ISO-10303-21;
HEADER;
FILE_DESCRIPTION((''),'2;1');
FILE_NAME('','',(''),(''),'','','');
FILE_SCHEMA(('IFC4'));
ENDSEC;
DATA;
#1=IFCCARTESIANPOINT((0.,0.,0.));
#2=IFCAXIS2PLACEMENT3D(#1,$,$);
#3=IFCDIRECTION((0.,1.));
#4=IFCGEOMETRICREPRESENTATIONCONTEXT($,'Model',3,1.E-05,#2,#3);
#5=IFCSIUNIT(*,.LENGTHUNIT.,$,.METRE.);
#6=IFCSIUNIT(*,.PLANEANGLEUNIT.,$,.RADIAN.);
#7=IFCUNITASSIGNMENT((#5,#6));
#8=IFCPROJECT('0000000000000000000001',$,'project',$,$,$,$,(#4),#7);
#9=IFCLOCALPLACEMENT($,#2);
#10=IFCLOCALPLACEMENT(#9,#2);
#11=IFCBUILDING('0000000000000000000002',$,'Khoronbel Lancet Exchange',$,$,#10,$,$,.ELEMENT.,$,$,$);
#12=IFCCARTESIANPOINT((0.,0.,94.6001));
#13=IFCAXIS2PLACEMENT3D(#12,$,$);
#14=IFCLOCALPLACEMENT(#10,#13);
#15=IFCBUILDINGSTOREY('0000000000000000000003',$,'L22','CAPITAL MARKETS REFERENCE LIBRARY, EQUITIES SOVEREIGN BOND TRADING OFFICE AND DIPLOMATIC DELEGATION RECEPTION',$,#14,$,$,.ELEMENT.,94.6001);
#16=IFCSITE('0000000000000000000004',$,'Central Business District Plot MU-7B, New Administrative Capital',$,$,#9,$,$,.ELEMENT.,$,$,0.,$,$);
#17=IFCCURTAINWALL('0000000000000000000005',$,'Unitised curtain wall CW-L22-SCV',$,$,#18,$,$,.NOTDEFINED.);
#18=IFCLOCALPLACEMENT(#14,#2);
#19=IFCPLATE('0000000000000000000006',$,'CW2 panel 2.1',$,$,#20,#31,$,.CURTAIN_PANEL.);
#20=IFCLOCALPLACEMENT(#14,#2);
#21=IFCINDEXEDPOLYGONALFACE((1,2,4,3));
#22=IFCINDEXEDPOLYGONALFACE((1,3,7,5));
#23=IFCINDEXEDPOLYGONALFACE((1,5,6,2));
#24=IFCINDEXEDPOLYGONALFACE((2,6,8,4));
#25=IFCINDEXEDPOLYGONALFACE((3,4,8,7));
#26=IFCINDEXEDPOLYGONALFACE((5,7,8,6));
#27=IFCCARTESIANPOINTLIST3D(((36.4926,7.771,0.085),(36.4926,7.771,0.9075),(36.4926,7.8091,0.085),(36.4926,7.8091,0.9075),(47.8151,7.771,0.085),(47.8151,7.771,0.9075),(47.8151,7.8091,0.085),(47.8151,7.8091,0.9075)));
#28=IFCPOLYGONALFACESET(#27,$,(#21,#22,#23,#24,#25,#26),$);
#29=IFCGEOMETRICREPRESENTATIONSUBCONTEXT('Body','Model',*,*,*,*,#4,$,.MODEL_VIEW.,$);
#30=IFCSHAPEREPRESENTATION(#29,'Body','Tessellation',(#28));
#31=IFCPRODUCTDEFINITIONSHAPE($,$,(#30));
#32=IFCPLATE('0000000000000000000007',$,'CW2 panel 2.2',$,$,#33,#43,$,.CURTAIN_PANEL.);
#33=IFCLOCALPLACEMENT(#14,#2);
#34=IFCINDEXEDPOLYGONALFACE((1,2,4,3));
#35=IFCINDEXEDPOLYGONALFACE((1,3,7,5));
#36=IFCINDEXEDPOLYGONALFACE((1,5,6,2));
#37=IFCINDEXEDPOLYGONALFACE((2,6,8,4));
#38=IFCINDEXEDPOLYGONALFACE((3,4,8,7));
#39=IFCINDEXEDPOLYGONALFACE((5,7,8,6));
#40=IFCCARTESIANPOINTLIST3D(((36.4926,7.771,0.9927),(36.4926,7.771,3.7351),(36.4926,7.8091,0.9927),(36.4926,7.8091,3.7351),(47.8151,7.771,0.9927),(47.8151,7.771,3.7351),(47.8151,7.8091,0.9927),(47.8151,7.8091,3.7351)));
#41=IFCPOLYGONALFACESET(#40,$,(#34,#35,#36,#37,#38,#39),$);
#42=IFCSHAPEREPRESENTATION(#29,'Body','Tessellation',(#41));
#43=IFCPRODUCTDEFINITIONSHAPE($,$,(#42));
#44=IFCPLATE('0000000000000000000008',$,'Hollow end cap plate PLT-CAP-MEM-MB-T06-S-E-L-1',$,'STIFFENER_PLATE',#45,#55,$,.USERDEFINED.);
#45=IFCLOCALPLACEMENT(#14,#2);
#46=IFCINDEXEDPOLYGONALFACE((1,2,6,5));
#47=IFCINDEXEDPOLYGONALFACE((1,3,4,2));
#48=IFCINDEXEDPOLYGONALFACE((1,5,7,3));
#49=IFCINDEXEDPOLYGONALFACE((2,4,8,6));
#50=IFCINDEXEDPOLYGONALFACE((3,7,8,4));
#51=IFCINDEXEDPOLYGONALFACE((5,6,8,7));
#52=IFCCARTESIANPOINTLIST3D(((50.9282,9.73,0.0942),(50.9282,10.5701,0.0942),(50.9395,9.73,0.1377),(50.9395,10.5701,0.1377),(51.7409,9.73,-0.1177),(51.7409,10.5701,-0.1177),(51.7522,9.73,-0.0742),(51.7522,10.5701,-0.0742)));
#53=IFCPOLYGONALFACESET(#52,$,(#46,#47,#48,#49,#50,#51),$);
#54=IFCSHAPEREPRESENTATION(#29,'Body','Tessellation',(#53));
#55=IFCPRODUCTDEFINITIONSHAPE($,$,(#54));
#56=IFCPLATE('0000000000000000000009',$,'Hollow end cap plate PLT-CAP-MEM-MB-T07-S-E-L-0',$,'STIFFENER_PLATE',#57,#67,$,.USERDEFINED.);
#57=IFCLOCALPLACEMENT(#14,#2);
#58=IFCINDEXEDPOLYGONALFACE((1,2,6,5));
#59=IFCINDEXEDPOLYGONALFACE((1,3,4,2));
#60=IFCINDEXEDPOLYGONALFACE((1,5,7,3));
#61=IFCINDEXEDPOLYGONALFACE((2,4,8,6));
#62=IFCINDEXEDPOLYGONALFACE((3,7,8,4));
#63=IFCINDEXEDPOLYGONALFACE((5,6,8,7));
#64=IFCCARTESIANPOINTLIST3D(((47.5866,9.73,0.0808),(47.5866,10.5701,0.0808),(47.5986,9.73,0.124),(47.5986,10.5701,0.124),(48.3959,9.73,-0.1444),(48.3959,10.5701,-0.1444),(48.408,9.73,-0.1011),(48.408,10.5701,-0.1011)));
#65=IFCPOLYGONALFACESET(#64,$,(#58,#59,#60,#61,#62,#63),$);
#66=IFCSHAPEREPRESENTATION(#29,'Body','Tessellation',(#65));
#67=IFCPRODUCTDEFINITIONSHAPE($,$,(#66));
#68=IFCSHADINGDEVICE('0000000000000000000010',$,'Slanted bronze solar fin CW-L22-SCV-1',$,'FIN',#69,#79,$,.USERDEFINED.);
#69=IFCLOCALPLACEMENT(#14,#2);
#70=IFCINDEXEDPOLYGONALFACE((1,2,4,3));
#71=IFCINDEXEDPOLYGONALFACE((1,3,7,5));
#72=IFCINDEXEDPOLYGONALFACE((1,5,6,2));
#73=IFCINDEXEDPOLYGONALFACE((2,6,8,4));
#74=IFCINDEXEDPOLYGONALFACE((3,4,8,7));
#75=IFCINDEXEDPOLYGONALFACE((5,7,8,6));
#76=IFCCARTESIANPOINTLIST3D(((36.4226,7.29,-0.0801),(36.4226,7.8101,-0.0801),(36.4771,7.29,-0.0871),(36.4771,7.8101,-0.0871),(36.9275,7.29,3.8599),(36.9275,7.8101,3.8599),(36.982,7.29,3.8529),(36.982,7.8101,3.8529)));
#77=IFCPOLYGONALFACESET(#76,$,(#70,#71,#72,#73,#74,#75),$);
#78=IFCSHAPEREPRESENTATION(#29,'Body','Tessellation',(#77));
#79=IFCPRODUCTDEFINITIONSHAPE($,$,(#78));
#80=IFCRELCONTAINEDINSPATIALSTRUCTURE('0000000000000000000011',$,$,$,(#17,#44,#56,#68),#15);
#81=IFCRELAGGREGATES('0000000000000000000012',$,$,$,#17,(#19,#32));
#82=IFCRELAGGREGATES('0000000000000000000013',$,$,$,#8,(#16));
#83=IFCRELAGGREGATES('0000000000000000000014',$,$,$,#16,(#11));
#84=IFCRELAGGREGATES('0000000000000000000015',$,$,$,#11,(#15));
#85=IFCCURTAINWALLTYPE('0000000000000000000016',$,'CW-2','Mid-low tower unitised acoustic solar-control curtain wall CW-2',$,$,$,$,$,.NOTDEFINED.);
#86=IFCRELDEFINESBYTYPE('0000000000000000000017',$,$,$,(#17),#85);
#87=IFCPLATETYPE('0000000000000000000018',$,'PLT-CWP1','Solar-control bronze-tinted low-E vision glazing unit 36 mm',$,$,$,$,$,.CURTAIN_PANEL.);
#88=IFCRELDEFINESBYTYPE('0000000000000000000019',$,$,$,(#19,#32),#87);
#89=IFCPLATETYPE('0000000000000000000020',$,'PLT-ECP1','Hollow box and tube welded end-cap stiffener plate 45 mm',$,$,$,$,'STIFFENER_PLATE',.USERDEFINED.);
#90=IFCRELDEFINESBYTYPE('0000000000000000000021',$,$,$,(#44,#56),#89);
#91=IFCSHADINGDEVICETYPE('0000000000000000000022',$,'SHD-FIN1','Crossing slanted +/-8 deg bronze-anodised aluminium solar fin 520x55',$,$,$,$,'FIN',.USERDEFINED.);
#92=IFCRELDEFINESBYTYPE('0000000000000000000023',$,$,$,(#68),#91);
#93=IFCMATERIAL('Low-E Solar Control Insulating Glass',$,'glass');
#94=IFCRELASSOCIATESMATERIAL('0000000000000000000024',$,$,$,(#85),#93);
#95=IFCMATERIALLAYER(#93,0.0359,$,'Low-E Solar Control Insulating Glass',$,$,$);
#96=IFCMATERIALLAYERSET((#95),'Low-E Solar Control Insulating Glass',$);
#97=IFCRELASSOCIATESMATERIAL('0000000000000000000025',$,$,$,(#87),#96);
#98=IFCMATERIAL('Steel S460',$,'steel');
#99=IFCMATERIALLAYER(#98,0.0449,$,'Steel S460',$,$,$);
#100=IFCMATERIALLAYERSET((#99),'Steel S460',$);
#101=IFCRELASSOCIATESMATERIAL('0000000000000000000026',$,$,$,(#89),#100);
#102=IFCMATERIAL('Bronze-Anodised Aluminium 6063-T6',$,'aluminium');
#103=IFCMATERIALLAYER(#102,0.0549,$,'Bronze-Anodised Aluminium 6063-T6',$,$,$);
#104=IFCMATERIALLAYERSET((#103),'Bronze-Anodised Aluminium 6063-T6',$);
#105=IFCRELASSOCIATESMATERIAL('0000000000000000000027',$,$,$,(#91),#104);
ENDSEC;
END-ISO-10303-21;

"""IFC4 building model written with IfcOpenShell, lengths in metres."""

from ifc_helpers import new_model, si_unit, direction, frame, origin, origin_2d, place, context, subcontext, project, spatial, polyline, rectangle, outline, extrude, material, layer, layer_set, type_object, element, aggregate, save


model = new_model("IFC4")

# Units and contexts
model_context = context("Model", 3, precision=1e-05, world=origin(), true_north=direction((0.0, 1.0)))
body_context = subcontext(model_context, "Body", "Model", "MODEL_VIEW")
ifc_project = project(units=[si_unit("LENGTHUNIT", "METRE"), si_unit("PLANEANGLEUNIT", "RADIAN")], contexts=[model_context])

# Site, building, storey
site_placement = place(None, origin())
site = spatial("IfcSite", under=ifc_project, at=site_placement, Name="Central Business District Plot MU-7B, New Administrative Capital", CompositionType="ELEMENT", RefElevation=0.0)
building_placement = place(site_placement, origin())
building = spatial("IfcBuilding", under=site, at=building_placement, Name="Khoronbel Lancet Exchange", CompositionType="ELEMENT")
storey_placement = place(building_placement, frame((0.0, 0.0, 94.6001)))
storey = spatial("IfcBuildingStorey", under=building, at=storey_placement, Name="L22", Description="CAPITAL MARKETS REFERENCE LIBRARY, EQUITIES SOVEREIGN BOND TRADING OFFICE AND DIPLOMATIC DELEGATION RECEPTION", CompositionType="ELEMENT", Elevation=94.6001)

# Shared definitions
ifc_material_1 = material(Name="Steel S460", Category="steel")

# Curtain wall
ifc_material_2 = material(Name="Low-E Solar Control Insulating Glass", Category="glass")
curtain_wall_type = type_object("IfcCurtainWallType", Name="CW-2", Description="Mid-low tower unitised acoustic solar-control curtain wall CW-2", PredefinedType="NOTDEFINED", material=ifc_material_2)
curtain_wall_1_placement = place(storey_placement, origin())
curtain_wall_1 = element("IfcCurtainWall", 1, at=curtain_wall_1_placement, inside=storey, type_object=curtain_wall_type, Name="Unitised curtain wall CW-L22-SCV", PredefinedType="NOTDEFINED")
ifc_material_3 = material(Name="Bronze-Anodised Aluminium 6063-T6", Category="aluminium")

# Plates
ifc_layer_1 = layer(ifc_material_2, 0.0359, Name="Low-E Solar Control Insulating Glass")
ifc_layer_set_1 = layer_set([ifc_layer_1], Name="Low-E Solar Control Insulating Glass")
plate_type_1 = type_object("IfcPlateType", Name="PLT-CWP1", Description="Solar-control bronze-tinted low-E vision glazing unit 36 mm", PredefinedType="CURTAIN_PANEL", material=ifc_layer_set_1)
plate_1_placement = place(storey_placement, frame((42.1538, 7.79, 0.085), z_axis=(0.0, 0.0, 1.0), x_axis=(1.0, 0.0, 0.0)))
plate_1 = element("IfcPlate", 2, at=plate_1_placement, type_object=plate_type_1, Name="CW2 panel 2.1", PredefinedType="CURTAIN_PANEL", context=body_context, shape_type="SweptSolid", body=[
    extrude(rectangle(XDim=11.3225, YDim=0.0381, at=origin_2d()), origin(), (0.0, 0.0, 1.0), 0.8225),
])
plate_2_placement = place(storey_placement, frame((42.1538, 7.79, 0.9927), z_axis=(0.0, 0.0, 1.0), x_axis=(1.0, 0.0, 0.0)))
plate_2 = element("IfcPlate", 3, at=plate_2_placement, type_object=plate_type_1, Name="CW2 panel 2.2", PredefinedType="CURTAIN_PANEL", context=body_context, shape_type="SweptSolid", body=[
    extrude(rectangle(XDim=11.3225, YDim=0.0381, at=origin_2d()), origin(), (0.0, 0.0, 1.0), 2.7424),
])
aggregate(curtain_wall_1, [plate_1, plate_2])

# Plates
ifc_layer_2 = layer(ifc_material_1, 0.0449, Name="Steel S460")
ifc_layer_set_2 = layer_set([ifc_layer_2], Name="Steel S460")
plate_type_2 = type_object("IfcPlateType", Name="PLT-ECP1", Description="Hollow box and tube welded end-cap stiffener plate 45 mm", ElementType="STIFFENER_PLATE", PredefinedType="USERDEFINED", material=ifc_layer_set_2)
plate_3_placement = place(storey_placement, frame((51.7522, 9.73, -0.0742), z_axis=(0.252304, 0.0, 0.967648), x_axis=(0.0, 1.0, 0.0)))
element("IfcPlate", 4, at=plate_3_placement, inside=storey, type_object=plate_type_2, Name="Hollow end cap plate PLT-CAP-MEM-MB-T06-S-E-L-1", ObjectType="STIFFENER_PLATE", PredefinedType="USERDEFINED", context=body_context, shape_type="SweptSolid", body=[
    extrude(outline(polyline([(0.0, 0.0), (0.8401, 0.0), (0.8401, 0.8398), (0.0, 0.8398), (0.0, 0.0)])), origin(), (0.0, 0.0, -1.0), 0.0449),
])
plate_4_placement = place(storey_placement, frame((48.408, 9.73, -0.1011), z_axis=(0.267959, 0.0, 0.96343), x_axis=(0.0, 1.0, 0.0)))
element("IfcPlate", 5, at=plate_4_placement, inside=storey, type_object=plate_type_2, Name="Hollow end cap plate PLT-CAP-MEM-MB-T07-S-E-L-0", ObjectType="STIFFENER_PLATE", PredefinedType="USERDEFINED", context=body_context, shape_type="SweptSolid", body=[
    extrude(outline(polyline([(0.0, 0.0), (0.8401, 0.0), (0.8401, 0.8401), (0.0, 0.8401), (0.0, 0.0)])), origin(), (0.0, 0.0, -1.0), 0.0449),
])

# Shading device
ifc_layer_3 = layer(ifc_material_3, 0.0549, Name="Bronze-Anodised Aluminium 6063-T6")
ifc_layer_set_3 = layer_set([ifc_layer_3], Name="Bronze-Anodised Aluminium 6063-T6")
shading_device_type = type_object("IfcShadingDeviceType", Name="SHD-FIN1", Description="Crossing slanted +/-8 deg bronze-anodised aluminium solar fin 520x55", ElementType="FIN", PredefinedType="USERDEFINED", material=ifc_layer_set_3)
shading_device_placement = place(storey_placement, frame((36.4226, 7.8101, -0.0801), z_axis=(-0.991889, 0.0, 0.127105), x_axis=(0.0, -1.0, 0.0)))
element("IfcShadingDevice", 6, at=shading_device_placement, inside=storey, type_object=shading_device_type, Name="Slanted bronze solar fin CW-L22-SCV-1", ObjectType="FIN", PredefinedType="USERDEFINED", context=body_context, shape_type="SweptSolid", body=[
    extrude(outline(polyline([(0.0, 0.0), (0.52, 0.0), (0.52, 3.9722), (0.0, 3.9722), (0.0, 0.0)])), origin(), (0.0, 0.0, -1.0), 0.0549),
])

save(model, "model.ifc")
